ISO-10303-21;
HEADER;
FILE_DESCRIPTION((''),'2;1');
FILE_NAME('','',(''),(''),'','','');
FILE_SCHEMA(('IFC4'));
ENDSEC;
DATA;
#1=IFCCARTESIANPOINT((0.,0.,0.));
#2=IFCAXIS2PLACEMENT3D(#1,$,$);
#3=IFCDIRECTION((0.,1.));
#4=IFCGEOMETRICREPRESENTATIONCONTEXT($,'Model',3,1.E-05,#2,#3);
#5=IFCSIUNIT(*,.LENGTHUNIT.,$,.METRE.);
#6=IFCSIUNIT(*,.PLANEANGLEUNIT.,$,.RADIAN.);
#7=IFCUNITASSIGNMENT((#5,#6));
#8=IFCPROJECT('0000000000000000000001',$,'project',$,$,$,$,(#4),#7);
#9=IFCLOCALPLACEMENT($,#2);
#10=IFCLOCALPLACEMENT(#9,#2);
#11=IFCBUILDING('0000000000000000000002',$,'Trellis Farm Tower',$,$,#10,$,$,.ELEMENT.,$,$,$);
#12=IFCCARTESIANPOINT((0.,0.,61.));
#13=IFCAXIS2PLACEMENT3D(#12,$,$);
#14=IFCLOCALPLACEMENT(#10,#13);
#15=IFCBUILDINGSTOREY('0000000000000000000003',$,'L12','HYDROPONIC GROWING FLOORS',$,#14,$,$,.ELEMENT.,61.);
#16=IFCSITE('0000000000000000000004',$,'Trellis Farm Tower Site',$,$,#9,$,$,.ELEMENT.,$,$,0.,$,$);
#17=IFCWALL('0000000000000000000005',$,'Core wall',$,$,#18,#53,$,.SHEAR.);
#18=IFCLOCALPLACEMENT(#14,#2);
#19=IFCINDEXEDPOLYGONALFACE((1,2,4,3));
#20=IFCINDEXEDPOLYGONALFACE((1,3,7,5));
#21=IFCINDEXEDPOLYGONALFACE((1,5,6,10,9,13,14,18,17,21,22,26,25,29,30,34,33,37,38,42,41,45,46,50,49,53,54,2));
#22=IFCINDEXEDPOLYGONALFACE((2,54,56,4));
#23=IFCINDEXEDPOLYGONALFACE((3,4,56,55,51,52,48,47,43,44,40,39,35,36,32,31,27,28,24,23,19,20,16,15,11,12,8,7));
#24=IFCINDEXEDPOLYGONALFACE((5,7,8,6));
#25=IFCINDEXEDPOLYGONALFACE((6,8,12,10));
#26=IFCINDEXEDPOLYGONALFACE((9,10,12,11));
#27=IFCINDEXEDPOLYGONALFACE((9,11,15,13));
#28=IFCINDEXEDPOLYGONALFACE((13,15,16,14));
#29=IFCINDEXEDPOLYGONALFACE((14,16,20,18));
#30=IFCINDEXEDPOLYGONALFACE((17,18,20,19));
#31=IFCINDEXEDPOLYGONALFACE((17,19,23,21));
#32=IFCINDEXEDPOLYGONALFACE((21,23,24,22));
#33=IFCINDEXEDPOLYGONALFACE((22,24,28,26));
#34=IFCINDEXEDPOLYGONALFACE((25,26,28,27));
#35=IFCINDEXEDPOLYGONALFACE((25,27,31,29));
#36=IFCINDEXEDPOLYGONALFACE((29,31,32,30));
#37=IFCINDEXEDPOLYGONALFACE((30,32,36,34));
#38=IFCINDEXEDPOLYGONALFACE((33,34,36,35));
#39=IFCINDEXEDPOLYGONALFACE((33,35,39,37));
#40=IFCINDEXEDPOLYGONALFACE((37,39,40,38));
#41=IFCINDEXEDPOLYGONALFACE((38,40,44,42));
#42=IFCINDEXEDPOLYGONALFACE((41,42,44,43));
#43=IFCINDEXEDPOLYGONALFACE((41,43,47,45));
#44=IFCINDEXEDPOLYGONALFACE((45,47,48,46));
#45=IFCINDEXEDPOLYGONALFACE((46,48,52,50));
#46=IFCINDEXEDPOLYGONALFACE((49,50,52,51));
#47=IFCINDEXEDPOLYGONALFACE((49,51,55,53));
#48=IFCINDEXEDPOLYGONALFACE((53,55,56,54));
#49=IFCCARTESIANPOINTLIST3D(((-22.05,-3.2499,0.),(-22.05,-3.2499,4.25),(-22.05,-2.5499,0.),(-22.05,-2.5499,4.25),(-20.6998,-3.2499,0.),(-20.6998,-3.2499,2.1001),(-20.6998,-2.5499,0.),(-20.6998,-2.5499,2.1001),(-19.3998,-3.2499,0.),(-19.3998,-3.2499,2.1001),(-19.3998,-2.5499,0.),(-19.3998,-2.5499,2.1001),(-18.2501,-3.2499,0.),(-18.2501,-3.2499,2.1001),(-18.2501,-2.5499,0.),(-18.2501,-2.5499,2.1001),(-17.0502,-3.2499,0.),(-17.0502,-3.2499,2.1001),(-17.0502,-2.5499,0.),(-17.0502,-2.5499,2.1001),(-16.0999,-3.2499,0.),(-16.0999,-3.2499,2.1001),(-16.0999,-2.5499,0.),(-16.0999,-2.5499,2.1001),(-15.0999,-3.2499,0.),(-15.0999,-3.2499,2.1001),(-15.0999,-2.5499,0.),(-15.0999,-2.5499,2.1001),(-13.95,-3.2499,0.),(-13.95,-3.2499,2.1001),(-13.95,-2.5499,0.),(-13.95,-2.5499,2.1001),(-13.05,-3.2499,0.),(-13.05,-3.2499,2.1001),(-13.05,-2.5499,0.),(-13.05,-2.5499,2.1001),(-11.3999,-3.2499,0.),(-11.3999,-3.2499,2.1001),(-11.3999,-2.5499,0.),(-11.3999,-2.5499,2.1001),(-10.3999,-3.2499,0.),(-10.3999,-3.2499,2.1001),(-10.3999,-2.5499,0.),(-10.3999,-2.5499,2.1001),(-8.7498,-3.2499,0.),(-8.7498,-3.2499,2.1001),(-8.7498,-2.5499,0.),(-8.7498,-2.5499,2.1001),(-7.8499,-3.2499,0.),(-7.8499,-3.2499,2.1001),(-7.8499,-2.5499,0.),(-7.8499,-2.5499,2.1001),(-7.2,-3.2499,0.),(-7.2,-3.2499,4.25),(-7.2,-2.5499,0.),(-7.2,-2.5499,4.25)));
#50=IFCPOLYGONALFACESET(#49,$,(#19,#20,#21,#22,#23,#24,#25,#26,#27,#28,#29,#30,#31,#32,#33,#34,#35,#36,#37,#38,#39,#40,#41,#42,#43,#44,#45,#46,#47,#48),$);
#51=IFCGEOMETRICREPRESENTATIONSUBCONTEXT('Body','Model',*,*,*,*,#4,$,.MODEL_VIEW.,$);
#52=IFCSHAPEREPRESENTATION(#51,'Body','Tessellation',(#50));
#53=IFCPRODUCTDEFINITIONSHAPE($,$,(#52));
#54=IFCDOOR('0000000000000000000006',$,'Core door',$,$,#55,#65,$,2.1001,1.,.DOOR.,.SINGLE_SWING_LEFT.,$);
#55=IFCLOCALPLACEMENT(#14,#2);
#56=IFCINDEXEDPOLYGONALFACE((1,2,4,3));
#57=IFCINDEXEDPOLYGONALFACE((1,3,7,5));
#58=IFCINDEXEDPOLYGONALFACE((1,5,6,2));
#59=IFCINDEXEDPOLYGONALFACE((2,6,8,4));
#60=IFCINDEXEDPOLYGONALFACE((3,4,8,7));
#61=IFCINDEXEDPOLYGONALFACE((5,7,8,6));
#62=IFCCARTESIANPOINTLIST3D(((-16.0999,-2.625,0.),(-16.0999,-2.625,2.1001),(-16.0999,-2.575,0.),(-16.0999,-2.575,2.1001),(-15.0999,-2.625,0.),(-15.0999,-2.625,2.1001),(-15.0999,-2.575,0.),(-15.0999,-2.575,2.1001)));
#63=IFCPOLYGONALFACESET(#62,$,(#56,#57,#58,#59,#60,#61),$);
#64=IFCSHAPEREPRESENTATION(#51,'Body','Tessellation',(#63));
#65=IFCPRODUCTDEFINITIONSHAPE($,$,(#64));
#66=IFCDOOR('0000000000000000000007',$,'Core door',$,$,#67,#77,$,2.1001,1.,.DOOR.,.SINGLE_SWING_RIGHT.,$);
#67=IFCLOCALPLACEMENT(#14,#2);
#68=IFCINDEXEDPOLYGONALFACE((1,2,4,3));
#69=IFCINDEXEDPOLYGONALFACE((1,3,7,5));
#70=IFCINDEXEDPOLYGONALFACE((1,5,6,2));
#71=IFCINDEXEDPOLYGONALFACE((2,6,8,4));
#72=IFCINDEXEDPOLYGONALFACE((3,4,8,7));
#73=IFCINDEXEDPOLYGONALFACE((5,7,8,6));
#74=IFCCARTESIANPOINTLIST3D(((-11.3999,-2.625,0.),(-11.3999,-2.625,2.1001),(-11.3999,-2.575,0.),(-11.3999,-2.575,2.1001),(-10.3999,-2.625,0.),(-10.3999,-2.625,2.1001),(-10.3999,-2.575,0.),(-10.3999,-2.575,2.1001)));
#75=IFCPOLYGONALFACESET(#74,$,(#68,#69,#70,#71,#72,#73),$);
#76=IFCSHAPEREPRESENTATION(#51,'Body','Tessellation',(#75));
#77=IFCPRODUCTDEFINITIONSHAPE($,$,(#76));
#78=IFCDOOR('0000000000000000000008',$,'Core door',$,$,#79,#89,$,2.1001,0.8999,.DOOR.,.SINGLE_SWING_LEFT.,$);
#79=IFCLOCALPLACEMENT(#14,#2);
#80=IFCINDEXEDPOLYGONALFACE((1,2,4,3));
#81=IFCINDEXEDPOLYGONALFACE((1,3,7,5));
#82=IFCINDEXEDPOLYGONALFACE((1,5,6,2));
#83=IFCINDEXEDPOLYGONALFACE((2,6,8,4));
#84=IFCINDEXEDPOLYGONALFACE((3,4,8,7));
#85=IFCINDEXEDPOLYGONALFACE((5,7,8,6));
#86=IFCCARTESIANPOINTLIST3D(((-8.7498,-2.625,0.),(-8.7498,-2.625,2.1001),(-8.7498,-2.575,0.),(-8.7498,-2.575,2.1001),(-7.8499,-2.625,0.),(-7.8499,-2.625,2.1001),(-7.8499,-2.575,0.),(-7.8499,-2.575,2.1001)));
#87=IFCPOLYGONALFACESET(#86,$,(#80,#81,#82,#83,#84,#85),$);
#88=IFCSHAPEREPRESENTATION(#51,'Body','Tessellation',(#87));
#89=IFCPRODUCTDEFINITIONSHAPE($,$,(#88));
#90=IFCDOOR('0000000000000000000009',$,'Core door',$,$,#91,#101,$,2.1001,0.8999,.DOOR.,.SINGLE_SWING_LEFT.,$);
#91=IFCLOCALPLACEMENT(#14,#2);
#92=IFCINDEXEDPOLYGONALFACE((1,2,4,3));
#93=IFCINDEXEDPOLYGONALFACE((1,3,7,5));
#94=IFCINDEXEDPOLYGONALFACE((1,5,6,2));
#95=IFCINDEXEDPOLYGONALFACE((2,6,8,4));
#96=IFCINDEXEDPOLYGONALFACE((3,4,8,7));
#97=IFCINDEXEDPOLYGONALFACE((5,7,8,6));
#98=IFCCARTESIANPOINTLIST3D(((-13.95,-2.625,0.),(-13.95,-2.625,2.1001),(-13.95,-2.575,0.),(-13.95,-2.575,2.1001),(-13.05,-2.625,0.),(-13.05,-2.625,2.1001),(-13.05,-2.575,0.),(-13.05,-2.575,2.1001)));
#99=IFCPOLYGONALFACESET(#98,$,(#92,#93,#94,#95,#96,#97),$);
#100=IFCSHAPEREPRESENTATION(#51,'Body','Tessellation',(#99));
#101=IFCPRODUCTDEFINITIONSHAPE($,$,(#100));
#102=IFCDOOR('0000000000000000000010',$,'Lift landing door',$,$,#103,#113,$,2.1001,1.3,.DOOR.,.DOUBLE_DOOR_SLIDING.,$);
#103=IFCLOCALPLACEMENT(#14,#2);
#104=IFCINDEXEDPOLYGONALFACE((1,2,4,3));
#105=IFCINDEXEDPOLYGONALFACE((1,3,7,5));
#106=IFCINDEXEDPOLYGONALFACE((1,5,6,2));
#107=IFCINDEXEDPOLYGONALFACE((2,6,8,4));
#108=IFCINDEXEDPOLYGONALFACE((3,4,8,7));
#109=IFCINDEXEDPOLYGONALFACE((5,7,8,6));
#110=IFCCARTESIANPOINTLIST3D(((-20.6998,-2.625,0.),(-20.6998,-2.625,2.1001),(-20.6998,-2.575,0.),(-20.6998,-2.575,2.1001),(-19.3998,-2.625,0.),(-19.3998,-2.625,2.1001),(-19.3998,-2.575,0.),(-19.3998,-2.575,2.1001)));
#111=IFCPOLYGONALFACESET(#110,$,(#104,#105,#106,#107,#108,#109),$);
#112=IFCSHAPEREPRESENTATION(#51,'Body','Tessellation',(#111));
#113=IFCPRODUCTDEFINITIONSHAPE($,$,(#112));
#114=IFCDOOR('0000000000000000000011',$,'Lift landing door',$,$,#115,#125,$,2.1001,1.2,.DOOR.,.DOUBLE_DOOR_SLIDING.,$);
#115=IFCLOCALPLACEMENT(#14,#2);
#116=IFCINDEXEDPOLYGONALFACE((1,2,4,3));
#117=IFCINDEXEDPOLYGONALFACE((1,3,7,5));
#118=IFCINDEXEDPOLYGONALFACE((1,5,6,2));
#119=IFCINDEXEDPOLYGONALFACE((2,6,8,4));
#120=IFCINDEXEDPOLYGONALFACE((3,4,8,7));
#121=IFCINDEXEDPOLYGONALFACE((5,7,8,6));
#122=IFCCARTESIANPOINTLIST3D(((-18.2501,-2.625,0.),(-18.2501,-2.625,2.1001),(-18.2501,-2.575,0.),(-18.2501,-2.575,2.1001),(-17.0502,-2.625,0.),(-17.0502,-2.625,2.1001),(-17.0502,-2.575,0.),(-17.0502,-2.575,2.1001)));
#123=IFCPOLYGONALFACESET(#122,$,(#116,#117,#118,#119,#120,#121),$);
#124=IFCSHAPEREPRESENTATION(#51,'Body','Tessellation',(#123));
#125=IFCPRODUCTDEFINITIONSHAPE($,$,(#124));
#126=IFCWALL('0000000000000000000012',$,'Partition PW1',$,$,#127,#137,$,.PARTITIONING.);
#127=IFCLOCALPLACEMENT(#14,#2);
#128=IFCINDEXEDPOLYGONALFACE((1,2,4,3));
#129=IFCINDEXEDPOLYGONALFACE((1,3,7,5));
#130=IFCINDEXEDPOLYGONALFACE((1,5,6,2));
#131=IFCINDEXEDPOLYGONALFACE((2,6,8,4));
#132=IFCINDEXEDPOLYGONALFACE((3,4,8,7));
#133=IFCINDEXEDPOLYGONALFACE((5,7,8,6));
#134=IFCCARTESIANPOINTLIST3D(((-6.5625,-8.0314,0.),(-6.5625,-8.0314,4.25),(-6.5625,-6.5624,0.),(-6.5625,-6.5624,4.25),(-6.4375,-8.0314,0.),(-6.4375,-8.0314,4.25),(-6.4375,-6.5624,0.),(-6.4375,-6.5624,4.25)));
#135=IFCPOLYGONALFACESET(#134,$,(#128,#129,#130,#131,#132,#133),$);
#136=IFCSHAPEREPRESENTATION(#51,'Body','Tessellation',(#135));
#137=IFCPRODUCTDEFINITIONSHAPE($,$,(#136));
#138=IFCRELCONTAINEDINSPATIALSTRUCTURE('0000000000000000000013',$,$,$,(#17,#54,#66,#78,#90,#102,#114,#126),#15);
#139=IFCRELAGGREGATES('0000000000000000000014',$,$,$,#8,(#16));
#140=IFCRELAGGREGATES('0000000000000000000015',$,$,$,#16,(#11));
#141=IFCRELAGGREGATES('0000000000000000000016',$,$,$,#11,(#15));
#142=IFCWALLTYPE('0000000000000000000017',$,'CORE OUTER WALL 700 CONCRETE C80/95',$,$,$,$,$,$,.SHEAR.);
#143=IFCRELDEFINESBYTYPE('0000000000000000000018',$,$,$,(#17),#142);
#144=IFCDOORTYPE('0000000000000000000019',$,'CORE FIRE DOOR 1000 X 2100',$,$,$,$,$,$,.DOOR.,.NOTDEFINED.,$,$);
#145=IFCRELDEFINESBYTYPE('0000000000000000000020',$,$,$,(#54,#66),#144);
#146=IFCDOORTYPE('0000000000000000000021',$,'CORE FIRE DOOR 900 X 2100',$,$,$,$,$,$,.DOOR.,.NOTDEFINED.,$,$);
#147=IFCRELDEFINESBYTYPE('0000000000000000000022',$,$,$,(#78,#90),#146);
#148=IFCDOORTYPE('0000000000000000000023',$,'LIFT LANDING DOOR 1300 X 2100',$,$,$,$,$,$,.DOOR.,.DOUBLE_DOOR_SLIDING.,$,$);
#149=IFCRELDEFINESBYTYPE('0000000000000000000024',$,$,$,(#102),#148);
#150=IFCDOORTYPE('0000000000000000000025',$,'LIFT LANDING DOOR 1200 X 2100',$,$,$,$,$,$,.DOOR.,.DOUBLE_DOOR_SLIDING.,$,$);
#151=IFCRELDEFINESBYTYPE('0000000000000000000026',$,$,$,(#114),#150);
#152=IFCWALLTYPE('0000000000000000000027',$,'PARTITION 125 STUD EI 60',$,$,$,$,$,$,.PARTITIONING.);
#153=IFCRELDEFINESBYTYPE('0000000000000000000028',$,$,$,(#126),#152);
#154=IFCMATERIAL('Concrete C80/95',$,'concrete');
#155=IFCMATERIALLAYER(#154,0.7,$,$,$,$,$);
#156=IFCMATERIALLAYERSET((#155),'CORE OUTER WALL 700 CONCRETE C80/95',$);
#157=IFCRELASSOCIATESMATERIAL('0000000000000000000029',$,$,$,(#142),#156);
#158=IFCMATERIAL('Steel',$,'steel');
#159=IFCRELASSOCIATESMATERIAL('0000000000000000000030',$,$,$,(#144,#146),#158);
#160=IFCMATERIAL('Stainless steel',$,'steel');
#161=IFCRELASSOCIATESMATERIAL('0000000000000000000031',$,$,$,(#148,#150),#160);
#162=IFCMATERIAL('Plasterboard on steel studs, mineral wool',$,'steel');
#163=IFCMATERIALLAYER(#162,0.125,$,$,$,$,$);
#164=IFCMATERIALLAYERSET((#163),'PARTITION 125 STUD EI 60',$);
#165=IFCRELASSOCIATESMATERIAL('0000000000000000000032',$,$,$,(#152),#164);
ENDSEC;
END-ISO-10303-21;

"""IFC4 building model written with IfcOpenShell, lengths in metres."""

from ifc_helpers import new_model, si_unit, direction, frame, frame_2d, origin, place, context, subcontext, project, spatial, rectangle, extrude, source, transform, mapped, material, layer, layer_set, type_object, element, fill, save


model = new_model("IFC4")

# Units and contexts
model_context = context("Model", 3, precision=1e-05, world=origin(), true_north=direction((0.0, 1.0)))
body_context = subcontext(model_context, "Body", "Model", "MODEL_VIEW")
ifc_project = project(units=[si_unit("LENGTHUNIT", "METRE"), si_unit("PLANEANGLEUNIT", "RADIAN")], contexts=[model_context])

# Site, building, storey
site_placement = place(None, origin())
site = spatial("IfcSite", under=ifc_project, at=site_placement, Name="Trellis Farm Tower Site", CompositionType="ELEMENT", RefElevation=0.0)
building_placement = place(site_placement, origin())
building = spatial("IfcBuilding", under=site, at=building_placement, Name="Trellis Farm Tower", CompositionType="ELEMENT")
storey_placement = place(building_placement, frame((0.0, 0.0, 61.0)))
storey = spatial("IfcBuildingStorey", under=building, at=storey_placement, Name="L12", Description="HYDROPONIC GROWING FLOORS", CompositionType="ELEMENT", Elevation=61.0)

# Shared definitions
ifc_material_1 = material(Name="Concrete C80/95", Category="concrete")

# Wall, openings, doors
ifc_layer_1 = layer(ifc_material_1, 0.7)
ifc_layer_set_1 = layer_set([ifc_layer_1], Name="CORE OUTER WALL 700 CONCRETE C80/95")
wall_type_1 = type_object("IfcWallType", Name="CORE OUTER WALL 700 CONCRETE C80/95", PredefinedType="SHEAR", material=ifc_layer_set_1)
shared_shape_1 = source(origin(), body_context, "Body", "SweptSolid", [
    extrude(rectangle(XDim=14.8501, YDim=0.7, at=frame_2d((7.425, 0.0))), origin(), (0.0, 0.0, 1.0), 4.25),
])
wall_1_placement = place(storey_placement, frame((-7.2, -2.8999, 0.0), z_axis=(0.0, 0.0, 1.0), x_axis=(-1.0, 0.0, 0.0)))
wall_1 = element("IfcWall", 1, at=wall_1_placement, inside=storey, type_object=wall_type_1, Name="Core wall", PredefinedType="SHEAR", context=body_context, shape_type="MappedRepresentation", body=[
    mapped(shared_shape_1, transform((0.0, 0.0, 0.0))),
])
shared_shape_2 = source(origin(), body_context, "Body", "SweptSolid", [
    extrude(rectangle(XDim=1.3, YDim=2.1001, at=frame_2d((0.6499, 1.05))), frame((0.0, 0.3601, 0.0), z_axis=(0.0, -1.0, 0.0), x_axis=(1.0, 0.0, 0.0)), (0.0, 0.0, 1.0), 0.7202),
])
opening_1_placement = place(wall_1_placement, frame((12.2, 0.0, 0.0)))
opening_1 = element("IfcOpeningElement", 2, at=opening_1_placement, cuts=wall_1, PredefinedType="OPENING", context=body_context, shape_type="MappedRepresentation", body=[
    mapped(shared_shape_2, transform((0.0, 0.0, 0.0))),
])
shared_shape_3 = source(origin(), body_context, "Body", "SweptSolid", [
    extrude(rectangle(XDim=1.2, YDim=2.1001, at=frame_2d((0.6001, 1.05))), frame((0.0, 0.3601, 0.0), z_axis=(0.0, -1.0, 0.0), x_axis=(1.0, 0.0, 0.0)), (0.0, 0.0, 1.0), 0.7202),
])
opening_2_placement = place(wall_1_placement, frame((9.8501, 0.0, 0.0)))
opening_2 = element("IfcOpeningElement", 3, at=opening_2_placement, cuts=wall_1, PredefinedType="OPENING", context=body_context, shape_type="MappedRepresentation", body=[
    mapped(shared_shape_3, transform((0.0, 0.0, 0.0))),
])
shared_shape_4 = source(origin(), body_context, "Body", "SweptSolid", [
    extrude(rectangle(XDim=1.0, YDim=2.1001, at=frame_2d((0.5, 1.05))), frame((0.0, 0.3601, 0.0), z_axis=(0.0, -1.0, 0.0), x_axis=(1.0, 0.0, 0.0)), (0.0, 0.0, 1.0), 0.7202),
])
opening_3_placement = place(wall_1_placement, frame((7.8999, 0.0, 0.0)))
opening_3 = element("IfcOpeningElement", 4, at=opening_3_placement, cuts=wall_1, PredefinedType="OPENING", context=body_context, shape_type="MappedRepresentation", body=[
    mapped(shared_shape_4, transform((0.0, 0.0, 0.0))),
])
shared_shape_5 = source(origin(), body_context, "Body", "SweptSolid", [
    extrude(rectangle(XDim=0.8999, YDim=2.1001, at=frame_2d((0.45, 1.05))), frame((0.0, 0.3601, 0.0), z_axis=(0.0, -1.0, 0.0), x_axis=(1.0, 0.0, 0.0)), (0.0, 0.0, 1.0), 0.7202),
])
opening_4_placement = place(wall_1_placement, frame((0.6499, 0.0, 0.0)))
opening_4 = element("IfcOpeningElement", 5, at=opening_4_placement, cuts=wall_1, PredefinedType="OPENING", context=body_context, shape_type="MappedRepresentation", body=[
    mapped(shared_shape_5, transform((0.0, 0.0, 0.0))),
])
opening_5_placement = place(wall_1_placement, frame((3.2, 0.0, 0.0)))
opening_5 = element("IfcOpeningElement", 6, at=opening_5_placement, cuts=wall_1, PredefinedType="OPENING", context=body_context, shape_type="MappedRepresentation", body=[
    mapped(shared_shape_4, transform((0.0, 0.0, 0.0))),
])
opening_6_placement = place(wall_1_placement, frame((5.8501, 0.0, 0.0)))
opening_6 = element("IfcOpeningElement", 7, at=opening_6_placement, cuts=wall_1, PredefinedType="OPENING", context=body_context, shape_type="MappedRepresentation", body=[
    mapped(shared_shape_5, transform((0.0, 0.0, 0.0))),
])
ifc_material_2 = material(Name="Steel", Category="steel")
door_type_1 = type_object("IfcDoorType", Name="CORE FIRE DOOR 1000 X 2100", OperationType="NOTDEFINED", PredefinedType="DOOR", material=ifc_material_2)
shared_shape_6 = source(origin(), body_context, "Body", "SweptSolid", [
    extrude(rectangle(XDim=1.0, YDim=2.1001, at=frame_2d((0.5, 1.05))), frame((0.0, -0.2749, 0.0), z_axis=(0.0, -1.0, 0.0), x_axis=(1.0, 0.0, 0.0)), (0.0, 0.0, 1.0), 0.05),
])
door_1_placement = place(opening_3_placement, origin())
door_1 = element("IfcDoor", 8, at=door_1_placement, inside=storey, type_object=door_type_1, Name="Core door", OperationType="SINGLE_SWING_LEFT", OverallHeight=2.1001, OverallWidth=1.0, PredefinedType="DOOR", context=body_context, shape_type="MappedRepresentation", body=[
    mapped(shared_shape_6, transform((0.0, 0.0, 0.0))),
])
fill(opening_3, door_1)
door_2_placement = place(opening_5_placement, origin())
door_2 = element("IfcDoor", 9, at=door_2_placement, inside=storey, type_object=door_type_1, Name="Core door", OperationType="SINGLE_SWING_RIGHT", OverallHeight=2.1001, OverallWidth=1.0, PredefinedType="DOOR", context=body_context, shape_type="MappedRepresentation", body=[
    mapped(shared_shape_6, transform((0.0, 0.0, 0.0))),
])
fill(opening_5, door_2)
door_type_2 = type_object("IfcDoorType", Name="CORE FIRE DOOR 900 X 2100", OperationType="NOTDEFINED", PredefinedType="DOOR", material=ifc_material_2)
shared_shape_7 = source(origin(), body_context, "Body", "SweptSolid", [
    extrude(rectangle(XDim=0.8999, YDim=2.1001, at=frame_2d((0.45, 1.05))), frame((0.0, -0.2749, 0.0), z_axis=(0.0, -1.0, 0.0), x_axis=(1.0, 0.0, 0.0)), (0.0, 0.0, 1.0), 0.05),
])
door_3_placement = place(opening_4_placement, origin())
door_3 = element("IfcDoor", 10, at=door_3_placement, inside=storey, type_object=door_type_2, Name="Core door", OperationType="SINGLE_SWING_LEFT", OverallHeight=2.1001, OverallWidth=0.8999, PredefinedType="DOOR", context=body_context, shape_type="MappedRepresentation", body=[
    mapped(shared_shape_7, transform((0.0, 0.0, 0.0))),
])
fill(opening_4, door_3)
door_4_placement = place(opening_6_placement, origin())
door_4 = element("IfcDoor", 11, at=door_4_placement, inside=storey, type_object=door_type_2, Name="Core door", OperationType="SINGLE_SWING_LEFT", OverallHeight=2.1001, OverallWidth=0.8999, PredefinedType="DOOR", context=body_context, shape_type="MappedRepresentation", body=[
    mapped(shared_shape_7, transform((0.0, 0.0, 0.0))),
])
fill(opening_6, door_4)
ifc_material_3 = material(Name="Stainless steel", Category="steel")
door_type_3 = type_object("IfcDoorType", Name="LIFT LANDING DOOR 1300 X 2100", OperationType="DOUBLE_DOOR_SLIDING", PredefinedType="DOOR", material=ifc_material_3)
shared_shape_8 = source(origin(), body_context, "Body", "SweptSolid", [
    extrude(rectangle(XDim=1.3, YDim=2.1001, at=frame_2d((0.6499, 1.05))), frame((0.0, -0.2749, 0.0), z_axis=(0.0, -1.0, 0.0), x_axis=(1.0, 0.0, 0.0)), (0.0, 0.0, 1.0), 0.05),
])
door_5_placement = place(opening_1_placement, origin())
door_5 = element("IfcDoor", 12, at=door_5_placement, inside=storey, type_object=door_type_3, Name="Lift landing door", OperationType="DOUBLE_DOOR_SLIDING", OverallHeight=2.1001, OverallWidth=1.3, PredefinedType="DOOR", context=body_context, shape_type="MappedRepresentation", body=[
    mapped(shared_shape_8, transform((0.0, 0.0, 0.0))),
])
fill(opening_1, door_5)
door_type_4 = type_object("IfcDoorType", Name="LIFT LANDING DOOR 1200 X 2100", OperationType="DOUBLE_DOOR_SLIDING", PredefinedType="DOOR", material=ifc_material_3)
shared_shape_9 = source(origin(), body_context, "Body", "SweptSolid", [
    extrude(rectangle(XDim=1.2, YDim=2.1001, at=frame_2d((0.6001, 1.05))), frame((0.0, -0.2749, 0.0), z_axis=(0.0, -1.0, 0.0), x_axis=(1.0, 0.0, 0.0)), (0.0, 0.0, 1.0), 0.05),
])
door_6_placement = place(opening_2_placement, origin())
door_6 = element("IfcDoor", 13, at=door_6_placement, inside=storey, type_object=door_type_4, Name="Lift landing door", OperationType="DOUBLE_DOOR_SLIDING", OverallHeight=2.1001, OverallWidth=1.2, PredefinedType="DOOR", context=body_context, shape_type="MappedRepresentation", body=[
    mapped(shared_shape_9, transform((0.0, 0.0, 0.0))),
])
fill(opening_2, door_6)

# Wall
ifc_material_4 = material(Name="Plasterboard on steel studs, mineral wool", Category="steel")
ifc_layer_2 = layer(ifc_material_4, 0.125)
ifc_layer_set_2 = layer_set([ifc_layer_2], Name="PARTITION 125 STUD EI 60")
wall_type_2 = type_object("IfcWallType", Name="PARTITION 125 STUD EI 60", PredefinedType="PARTITIONING", material=ifc_layer_set_2)
shared_shape_10 = source(origin(), body_context, "Body", "SweptSolid", [
    extrude(rectangle(XDim=1.469, YDim=0.125, at=frame_2d((0.7344, 0.0))), origin(), (0.0, 0.0, 1.0), 4.25),
])
wall_2_placement = place(storey_placement, frame((-6.5, -6.5625, 0.0), z_axis=(0.0, 0.0, 1.0), x_axis=(0.0, -1.0, 0.0)))
element("IfcWall", 14, at=wall_2_placement, inside=storey, type_object=wall_type_2, Name="Partition PW1", PredefinedType="PARTITIONING", context=body_context, shape_type="MappedRepresentation", body=[
    mapped(shared_shape_10, transform((0.0, 0.0, 0.0))),
])

save(model, "model.ifc")
